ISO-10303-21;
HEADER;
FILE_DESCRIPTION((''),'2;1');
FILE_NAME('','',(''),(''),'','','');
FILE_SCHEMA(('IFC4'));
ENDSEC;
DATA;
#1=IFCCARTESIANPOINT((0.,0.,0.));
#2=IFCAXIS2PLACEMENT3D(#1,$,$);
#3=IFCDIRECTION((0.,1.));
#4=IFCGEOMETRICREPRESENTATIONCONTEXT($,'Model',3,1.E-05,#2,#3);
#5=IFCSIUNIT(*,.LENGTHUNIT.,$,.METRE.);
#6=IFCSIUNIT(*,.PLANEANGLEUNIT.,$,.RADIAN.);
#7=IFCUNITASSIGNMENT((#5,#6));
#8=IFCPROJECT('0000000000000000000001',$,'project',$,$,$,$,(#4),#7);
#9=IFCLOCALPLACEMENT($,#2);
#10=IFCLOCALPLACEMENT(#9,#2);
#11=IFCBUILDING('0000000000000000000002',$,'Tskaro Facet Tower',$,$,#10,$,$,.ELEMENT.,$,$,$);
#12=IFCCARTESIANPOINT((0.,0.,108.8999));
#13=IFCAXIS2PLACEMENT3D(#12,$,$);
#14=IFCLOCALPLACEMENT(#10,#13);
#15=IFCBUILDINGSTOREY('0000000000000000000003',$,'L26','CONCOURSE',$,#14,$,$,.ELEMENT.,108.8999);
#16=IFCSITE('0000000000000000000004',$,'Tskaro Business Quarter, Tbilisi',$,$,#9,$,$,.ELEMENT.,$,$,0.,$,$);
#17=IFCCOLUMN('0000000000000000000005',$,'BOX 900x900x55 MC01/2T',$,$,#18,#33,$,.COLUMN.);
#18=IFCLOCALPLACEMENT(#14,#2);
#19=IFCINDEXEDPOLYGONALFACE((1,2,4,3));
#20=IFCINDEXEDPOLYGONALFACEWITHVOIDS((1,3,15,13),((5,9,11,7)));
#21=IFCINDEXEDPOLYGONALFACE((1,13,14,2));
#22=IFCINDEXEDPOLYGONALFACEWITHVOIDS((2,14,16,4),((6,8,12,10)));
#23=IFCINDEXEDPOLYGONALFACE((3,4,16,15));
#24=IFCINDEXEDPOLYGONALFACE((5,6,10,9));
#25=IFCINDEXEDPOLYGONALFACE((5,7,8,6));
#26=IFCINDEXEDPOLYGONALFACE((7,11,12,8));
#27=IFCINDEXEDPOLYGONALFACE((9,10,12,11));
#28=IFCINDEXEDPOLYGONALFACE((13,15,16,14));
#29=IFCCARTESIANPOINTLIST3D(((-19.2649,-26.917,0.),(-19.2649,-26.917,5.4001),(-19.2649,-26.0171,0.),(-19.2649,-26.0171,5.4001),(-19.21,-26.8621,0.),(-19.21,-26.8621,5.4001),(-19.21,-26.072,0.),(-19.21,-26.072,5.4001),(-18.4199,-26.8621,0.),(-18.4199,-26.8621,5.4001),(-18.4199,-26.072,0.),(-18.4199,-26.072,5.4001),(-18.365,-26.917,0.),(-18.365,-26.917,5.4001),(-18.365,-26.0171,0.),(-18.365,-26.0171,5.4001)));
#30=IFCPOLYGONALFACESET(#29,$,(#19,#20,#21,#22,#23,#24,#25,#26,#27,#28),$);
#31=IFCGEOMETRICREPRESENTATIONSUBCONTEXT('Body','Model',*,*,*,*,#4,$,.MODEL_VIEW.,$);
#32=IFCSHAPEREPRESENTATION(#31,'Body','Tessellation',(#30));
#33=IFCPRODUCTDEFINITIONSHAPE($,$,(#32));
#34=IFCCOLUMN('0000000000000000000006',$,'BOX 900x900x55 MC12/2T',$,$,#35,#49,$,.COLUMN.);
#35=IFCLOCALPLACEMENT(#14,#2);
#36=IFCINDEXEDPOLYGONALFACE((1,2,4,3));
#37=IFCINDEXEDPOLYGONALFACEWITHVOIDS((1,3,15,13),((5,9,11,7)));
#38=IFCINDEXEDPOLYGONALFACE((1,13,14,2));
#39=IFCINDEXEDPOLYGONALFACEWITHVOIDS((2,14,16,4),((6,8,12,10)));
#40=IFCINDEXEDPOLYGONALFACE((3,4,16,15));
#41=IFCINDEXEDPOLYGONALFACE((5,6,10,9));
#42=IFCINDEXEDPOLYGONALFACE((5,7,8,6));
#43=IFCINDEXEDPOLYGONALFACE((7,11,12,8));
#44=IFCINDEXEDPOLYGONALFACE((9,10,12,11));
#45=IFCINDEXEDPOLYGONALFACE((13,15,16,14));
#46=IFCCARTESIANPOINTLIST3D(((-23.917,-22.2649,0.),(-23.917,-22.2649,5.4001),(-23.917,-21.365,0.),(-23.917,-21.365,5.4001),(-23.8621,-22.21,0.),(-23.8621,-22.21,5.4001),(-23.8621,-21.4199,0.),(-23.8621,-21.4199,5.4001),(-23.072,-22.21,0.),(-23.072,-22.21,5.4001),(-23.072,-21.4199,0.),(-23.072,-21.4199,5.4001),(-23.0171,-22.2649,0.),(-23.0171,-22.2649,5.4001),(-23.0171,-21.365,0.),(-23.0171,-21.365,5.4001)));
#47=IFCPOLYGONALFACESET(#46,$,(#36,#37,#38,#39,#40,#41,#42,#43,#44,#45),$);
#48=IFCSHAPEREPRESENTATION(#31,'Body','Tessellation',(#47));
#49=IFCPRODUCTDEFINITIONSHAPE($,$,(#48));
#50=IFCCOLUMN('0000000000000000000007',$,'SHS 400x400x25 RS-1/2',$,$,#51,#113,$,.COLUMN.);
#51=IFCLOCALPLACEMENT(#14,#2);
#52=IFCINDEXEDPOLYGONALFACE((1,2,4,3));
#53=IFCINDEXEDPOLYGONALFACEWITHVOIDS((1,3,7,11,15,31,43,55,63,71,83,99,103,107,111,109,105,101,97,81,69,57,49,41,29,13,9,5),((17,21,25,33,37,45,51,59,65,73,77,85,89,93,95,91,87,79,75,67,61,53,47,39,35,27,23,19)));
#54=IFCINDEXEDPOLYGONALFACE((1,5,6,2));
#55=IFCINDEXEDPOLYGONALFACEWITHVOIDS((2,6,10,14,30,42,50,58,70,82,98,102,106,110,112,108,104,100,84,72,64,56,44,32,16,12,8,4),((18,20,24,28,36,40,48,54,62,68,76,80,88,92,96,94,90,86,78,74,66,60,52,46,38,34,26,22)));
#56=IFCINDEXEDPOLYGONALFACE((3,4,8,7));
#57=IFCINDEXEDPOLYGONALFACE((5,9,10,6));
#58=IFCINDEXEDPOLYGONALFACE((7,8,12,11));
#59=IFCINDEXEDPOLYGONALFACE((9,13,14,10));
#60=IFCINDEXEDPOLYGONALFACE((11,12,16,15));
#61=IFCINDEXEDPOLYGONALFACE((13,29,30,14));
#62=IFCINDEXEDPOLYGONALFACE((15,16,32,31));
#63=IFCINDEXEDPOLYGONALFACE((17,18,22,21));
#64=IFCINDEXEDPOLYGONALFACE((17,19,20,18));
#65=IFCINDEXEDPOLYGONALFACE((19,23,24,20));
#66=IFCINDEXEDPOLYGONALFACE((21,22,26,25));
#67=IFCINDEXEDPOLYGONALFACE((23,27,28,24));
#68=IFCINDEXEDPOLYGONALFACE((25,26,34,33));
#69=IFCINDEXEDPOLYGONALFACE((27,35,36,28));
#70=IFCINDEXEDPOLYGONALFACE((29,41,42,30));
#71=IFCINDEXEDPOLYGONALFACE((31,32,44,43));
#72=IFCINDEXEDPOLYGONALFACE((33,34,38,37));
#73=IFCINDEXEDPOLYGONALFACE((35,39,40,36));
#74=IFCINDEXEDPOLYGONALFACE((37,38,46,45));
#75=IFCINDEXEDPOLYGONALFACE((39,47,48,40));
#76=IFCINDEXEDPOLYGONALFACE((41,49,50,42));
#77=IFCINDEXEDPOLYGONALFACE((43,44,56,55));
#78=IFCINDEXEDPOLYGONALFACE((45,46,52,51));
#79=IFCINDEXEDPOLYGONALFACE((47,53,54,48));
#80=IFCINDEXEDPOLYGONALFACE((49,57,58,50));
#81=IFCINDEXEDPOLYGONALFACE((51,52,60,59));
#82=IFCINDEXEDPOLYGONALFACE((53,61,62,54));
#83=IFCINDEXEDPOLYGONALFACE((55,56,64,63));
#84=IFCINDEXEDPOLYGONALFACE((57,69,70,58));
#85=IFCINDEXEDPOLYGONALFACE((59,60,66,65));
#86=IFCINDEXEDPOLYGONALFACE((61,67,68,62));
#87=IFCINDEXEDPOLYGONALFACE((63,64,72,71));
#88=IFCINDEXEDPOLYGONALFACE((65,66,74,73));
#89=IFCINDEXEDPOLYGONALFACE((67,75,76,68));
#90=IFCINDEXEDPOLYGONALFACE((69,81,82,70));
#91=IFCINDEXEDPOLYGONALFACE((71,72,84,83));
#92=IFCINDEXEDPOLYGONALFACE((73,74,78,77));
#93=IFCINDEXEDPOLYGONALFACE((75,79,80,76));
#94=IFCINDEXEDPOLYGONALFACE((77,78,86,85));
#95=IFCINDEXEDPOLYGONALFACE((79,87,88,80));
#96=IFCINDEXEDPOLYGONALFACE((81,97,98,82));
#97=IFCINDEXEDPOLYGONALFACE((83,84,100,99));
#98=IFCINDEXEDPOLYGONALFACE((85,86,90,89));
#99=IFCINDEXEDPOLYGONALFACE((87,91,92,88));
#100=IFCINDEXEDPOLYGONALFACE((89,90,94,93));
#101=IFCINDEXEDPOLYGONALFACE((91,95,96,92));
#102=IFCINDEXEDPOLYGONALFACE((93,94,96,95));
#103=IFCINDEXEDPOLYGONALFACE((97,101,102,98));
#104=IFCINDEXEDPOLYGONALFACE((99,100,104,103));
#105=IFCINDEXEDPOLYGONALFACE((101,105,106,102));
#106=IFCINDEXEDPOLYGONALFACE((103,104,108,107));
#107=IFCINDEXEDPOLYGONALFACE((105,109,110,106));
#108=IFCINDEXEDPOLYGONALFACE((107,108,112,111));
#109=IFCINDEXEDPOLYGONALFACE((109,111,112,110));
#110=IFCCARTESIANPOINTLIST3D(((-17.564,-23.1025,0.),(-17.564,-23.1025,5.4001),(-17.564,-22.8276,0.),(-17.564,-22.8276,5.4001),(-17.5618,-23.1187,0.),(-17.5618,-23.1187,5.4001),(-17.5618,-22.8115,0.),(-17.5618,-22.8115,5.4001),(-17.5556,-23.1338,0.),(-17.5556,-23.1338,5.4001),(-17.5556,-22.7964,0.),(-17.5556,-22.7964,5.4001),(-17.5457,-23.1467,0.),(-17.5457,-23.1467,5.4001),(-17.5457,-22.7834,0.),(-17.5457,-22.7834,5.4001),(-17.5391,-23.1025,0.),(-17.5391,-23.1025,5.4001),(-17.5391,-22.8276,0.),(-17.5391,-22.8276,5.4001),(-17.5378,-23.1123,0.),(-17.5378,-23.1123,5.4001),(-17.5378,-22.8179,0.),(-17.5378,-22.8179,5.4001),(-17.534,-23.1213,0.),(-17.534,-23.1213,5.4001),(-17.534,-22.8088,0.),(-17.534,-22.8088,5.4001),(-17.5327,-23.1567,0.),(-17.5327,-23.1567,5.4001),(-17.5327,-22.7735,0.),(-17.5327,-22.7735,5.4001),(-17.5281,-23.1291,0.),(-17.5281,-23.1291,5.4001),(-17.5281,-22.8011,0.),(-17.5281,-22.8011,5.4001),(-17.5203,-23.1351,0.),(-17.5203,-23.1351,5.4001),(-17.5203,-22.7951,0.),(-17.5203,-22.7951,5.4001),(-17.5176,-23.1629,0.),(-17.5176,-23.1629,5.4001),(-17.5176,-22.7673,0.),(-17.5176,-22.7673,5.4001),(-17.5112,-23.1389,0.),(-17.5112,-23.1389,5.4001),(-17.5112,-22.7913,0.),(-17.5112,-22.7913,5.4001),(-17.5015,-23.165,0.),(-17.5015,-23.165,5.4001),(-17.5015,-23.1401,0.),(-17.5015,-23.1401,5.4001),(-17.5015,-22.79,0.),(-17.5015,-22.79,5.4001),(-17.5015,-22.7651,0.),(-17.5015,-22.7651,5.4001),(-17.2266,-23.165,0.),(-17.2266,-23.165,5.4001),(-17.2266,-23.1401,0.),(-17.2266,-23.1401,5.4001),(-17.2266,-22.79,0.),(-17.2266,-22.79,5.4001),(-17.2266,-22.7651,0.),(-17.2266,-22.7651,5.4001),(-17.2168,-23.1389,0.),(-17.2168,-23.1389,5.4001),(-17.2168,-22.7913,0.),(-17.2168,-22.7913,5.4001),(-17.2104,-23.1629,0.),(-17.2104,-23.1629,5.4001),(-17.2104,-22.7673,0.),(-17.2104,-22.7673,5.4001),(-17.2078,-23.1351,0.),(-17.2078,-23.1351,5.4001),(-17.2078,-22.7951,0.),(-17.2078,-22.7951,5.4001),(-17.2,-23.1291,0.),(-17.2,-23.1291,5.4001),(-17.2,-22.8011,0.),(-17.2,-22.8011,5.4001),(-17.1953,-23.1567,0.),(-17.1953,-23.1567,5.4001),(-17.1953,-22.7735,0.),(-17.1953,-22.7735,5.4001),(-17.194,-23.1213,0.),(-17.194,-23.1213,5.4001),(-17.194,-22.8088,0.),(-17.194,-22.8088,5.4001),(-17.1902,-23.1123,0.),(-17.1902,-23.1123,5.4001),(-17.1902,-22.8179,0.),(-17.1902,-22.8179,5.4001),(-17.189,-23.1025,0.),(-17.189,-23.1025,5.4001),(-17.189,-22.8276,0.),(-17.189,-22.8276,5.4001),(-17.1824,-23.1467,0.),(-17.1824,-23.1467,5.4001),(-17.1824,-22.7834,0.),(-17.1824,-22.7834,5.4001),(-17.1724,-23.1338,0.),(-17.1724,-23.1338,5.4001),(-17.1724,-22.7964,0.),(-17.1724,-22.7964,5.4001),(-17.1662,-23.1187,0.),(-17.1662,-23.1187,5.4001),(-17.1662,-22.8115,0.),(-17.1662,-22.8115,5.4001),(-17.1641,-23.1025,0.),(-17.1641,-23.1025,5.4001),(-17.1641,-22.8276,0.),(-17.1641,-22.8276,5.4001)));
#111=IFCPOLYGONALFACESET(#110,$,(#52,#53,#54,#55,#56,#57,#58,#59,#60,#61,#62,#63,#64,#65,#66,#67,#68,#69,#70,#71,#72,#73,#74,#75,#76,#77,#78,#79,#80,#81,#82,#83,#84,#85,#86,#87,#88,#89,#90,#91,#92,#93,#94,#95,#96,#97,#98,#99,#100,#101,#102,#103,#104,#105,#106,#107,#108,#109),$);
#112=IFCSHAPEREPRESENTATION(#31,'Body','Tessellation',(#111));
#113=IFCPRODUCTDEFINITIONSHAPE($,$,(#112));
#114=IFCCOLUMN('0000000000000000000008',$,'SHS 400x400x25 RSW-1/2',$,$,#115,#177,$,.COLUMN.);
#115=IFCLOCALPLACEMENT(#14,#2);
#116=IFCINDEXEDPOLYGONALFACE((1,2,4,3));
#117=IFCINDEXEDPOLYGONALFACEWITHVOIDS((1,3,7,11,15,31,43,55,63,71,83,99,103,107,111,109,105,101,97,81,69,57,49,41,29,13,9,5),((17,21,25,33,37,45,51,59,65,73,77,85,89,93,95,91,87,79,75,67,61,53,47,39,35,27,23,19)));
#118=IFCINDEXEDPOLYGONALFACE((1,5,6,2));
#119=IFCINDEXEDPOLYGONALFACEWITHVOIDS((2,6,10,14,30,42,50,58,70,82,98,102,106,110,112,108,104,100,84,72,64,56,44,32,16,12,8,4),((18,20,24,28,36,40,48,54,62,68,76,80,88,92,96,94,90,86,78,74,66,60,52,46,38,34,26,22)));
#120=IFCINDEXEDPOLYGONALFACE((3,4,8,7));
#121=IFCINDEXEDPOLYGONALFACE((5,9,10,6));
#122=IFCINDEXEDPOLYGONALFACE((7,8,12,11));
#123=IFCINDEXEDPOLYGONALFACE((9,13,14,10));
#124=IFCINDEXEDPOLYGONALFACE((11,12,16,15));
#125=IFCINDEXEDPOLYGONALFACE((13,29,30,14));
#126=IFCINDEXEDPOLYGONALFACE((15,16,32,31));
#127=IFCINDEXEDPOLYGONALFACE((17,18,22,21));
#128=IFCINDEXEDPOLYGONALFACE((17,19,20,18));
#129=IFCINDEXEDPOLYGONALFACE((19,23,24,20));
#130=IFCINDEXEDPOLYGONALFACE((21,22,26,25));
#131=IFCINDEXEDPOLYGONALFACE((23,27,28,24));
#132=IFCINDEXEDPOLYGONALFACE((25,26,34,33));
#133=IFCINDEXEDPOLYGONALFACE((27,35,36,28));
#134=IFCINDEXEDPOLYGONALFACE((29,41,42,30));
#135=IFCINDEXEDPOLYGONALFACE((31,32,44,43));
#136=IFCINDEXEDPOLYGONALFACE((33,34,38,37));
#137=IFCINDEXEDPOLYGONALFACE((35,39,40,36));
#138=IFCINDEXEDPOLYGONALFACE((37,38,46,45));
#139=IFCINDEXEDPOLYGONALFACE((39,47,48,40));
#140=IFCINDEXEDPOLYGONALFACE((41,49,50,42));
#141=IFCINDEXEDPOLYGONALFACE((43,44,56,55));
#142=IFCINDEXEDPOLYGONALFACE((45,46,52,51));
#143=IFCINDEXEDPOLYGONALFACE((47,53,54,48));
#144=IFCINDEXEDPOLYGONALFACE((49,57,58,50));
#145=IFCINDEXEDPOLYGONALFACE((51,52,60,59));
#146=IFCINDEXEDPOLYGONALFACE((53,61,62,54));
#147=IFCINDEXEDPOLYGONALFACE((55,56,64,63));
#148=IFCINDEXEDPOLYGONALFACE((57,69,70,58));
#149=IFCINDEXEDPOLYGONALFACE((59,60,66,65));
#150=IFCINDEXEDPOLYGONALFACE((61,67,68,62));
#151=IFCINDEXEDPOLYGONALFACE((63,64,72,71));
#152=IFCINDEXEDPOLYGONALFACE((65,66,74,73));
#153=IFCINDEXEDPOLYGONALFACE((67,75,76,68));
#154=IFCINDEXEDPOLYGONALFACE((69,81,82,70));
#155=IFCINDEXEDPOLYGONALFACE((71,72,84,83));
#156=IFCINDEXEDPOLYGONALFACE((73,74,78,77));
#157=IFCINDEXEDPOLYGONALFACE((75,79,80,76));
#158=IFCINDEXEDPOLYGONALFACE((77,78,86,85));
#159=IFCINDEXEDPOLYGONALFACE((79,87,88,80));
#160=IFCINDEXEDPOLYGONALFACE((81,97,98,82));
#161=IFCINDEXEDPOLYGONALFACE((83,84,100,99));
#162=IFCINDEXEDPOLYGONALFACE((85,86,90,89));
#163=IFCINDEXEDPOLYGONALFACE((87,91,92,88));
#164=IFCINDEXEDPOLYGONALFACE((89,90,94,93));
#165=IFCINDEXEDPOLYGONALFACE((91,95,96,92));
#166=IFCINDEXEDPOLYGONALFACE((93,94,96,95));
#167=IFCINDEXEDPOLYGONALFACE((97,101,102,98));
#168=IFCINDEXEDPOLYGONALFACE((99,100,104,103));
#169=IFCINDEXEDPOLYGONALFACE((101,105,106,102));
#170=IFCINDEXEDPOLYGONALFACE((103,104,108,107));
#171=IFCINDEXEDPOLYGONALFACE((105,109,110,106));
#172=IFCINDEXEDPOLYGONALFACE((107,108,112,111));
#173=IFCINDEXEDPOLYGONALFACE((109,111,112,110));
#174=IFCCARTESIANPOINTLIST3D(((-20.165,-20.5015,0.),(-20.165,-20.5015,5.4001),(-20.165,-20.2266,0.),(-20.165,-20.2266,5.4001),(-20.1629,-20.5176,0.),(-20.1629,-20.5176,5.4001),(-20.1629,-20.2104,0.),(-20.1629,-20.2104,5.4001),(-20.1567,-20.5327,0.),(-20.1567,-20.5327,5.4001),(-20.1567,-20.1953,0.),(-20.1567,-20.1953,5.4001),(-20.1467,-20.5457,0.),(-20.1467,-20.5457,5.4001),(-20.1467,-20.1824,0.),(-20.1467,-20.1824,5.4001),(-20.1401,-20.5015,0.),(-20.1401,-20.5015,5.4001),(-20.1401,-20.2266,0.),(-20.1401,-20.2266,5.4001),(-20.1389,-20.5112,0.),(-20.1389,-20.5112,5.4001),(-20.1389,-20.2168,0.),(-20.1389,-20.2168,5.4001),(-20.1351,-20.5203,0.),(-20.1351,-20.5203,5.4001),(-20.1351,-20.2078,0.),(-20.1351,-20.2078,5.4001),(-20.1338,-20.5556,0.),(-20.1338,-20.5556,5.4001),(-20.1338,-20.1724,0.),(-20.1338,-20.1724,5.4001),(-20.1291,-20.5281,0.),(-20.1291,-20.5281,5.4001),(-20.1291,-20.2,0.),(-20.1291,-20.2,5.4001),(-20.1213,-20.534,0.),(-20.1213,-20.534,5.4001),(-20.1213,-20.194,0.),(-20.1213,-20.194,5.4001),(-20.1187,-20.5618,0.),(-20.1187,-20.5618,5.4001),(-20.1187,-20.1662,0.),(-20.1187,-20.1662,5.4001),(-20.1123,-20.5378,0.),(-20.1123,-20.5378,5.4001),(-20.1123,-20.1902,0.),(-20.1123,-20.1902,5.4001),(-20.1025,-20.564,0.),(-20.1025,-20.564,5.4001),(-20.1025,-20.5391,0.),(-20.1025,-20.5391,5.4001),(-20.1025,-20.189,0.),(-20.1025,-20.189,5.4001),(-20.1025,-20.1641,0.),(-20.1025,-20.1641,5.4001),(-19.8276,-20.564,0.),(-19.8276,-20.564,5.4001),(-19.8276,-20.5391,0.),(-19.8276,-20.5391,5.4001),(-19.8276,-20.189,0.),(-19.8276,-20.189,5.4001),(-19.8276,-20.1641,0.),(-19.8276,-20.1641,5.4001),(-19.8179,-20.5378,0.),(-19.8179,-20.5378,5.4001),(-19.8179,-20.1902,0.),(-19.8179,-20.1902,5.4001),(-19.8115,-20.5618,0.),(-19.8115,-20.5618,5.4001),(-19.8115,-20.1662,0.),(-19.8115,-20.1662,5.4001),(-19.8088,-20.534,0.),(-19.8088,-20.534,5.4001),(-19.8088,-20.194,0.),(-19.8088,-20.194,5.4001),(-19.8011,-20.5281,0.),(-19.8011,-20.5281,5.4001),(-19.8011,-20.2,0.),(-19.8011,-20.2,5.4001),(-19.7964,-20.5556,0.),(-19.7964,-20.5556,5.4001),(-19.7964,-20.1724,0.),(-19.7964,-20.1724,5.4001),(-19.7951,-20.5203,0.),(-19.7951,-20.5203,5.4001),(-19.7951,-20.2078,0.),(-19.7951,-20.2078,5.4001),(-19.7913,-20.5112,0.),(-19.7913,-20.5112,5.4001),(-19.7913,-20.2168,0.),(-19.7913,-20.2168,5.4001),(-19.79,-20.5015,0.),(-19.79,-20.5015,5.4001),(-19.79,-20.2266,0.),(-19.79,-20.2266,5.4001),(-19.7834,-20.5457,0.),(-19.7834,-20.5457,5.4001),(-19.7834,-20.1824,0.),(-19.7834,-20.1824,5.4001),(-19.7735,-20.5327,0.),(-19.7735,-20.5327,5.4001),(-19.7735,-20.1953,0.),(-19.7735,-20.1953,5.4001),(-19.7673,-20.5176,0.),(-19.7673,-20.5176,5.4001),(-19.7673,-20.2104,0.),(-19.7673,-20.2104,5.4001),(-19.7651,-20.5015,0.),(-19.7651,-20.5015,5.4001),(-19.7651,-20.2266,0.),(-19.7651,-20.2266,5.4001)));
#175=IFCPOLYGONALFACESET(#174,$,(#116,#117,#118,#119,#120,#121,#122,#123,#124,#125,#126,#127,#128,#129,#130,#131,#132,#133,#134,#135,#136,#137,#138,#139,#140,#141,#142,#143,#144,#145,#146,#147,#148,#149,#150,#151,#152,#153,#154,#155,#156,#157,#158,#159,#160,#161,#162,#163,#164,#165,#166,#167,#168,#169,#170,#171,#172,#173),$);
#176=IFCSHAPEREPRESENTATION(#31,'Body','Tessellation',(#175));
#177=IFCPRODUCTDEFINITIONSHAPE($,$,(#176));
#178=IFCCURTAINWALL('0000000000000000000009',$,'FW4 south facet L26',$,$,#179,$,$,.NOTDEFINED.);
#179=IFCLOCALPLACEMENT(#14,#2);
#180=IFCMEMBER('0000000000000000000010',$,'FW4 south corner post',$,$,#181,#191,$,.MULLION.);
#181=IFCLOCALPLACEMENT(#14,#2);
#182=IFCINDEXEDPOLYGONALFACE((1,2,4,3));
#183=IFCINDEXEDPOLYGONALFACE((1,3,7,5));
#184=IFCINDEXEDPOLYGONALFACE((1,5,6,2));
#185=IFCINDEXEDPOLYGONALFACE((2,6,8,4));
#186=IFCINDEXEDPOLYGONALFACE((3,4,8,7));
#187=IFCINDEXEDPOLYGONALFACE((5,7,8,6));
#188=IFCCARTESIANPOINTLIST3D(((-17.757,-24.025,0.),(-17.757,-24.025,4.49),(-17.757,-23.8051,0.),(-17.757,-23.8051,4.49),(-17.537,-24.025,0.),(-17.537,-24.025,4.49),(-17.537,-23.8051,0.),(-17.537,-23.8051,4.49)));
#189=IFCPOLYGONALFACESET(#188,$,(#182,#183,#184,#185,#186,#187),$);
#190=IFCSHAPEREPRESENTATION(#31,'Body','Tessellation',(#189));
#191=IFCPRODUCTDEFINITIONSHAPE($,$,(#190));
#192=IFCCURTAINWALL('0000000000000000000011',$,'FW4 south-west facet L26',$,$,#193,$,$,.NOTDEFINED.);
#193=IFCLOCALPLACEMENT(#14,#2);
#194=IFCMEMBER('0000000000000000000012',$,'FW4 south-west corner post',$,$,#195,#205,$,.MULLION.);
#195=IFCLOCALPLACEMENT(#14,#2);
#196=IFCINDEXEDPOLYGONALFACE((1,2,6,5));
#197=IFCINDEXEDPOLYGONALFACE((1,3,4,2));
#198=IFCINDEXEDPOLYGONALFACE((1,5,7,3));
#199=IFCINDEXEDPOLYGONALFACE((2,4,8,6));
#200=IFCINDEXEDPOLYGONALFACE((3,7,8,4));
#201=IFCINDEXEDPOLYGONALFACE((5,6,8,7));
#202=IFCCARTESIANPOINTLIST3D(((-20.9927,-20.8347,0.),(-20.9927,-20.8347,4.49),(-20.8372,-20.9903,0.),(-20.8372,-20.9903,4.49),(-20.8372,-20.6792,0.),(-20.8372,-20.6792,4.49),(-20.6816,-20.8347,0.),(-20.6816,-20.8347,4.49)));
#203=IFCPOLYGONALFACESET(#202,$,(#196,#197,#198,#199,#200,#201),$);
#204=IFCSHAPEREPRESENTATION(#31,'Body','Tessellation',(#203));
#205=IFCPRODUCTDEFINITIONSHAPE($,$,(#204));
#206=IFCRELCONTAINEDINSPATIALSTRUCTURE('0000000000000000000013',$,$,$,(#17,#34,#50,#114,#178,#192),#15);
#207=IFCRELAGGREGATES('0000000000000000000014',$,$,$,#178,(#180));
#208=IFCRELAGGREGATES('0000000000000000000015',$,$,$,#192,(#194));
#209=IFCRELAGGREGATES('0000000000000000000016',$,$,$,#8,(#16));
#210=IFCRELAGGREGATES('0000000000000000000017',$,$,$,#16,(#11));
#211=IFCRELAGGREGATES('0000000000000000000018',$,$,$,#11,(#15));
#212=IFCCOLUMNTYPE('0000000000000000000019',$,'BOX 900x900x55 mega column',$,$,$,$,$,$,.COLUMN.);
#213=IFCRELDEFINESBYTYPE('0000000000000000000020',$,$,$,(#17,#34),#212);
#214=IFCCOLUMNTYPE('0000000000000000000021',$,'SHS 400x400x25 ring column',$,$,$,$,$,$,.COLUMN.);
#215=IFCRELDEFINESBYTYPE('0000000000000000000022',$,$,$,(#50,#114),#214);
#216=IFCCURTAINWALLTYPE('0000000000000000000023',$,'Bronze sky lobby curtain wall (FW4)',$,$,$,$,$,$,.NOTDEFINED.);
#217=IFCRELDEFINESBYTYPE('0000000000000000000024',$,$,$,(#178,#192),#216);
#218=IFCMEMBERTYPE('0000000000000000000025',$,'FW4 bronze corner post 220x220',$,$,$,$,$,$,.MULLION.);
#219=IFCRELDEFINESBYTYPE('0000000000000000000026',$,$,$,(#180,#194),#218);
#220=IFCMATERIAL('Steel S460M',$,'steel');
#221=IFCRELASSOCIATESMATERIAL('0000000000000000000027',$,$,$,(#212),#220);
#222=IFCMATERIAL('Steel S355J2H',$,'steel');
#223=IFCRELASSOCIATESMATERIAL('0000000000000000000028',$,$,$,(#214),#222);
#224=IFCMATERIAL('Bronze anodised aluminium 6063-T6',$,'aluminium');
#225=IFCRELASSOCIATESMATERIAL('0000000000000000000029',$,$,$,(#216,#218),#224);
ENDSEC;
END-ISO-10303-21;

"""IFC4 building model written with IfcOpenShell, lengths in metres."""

from ifc_helpers import new_model, si_unit, direction, frame, origin, origin_2d, place, context, subcontext, project, spatial, rectangle, hollow_rectangle, extrude, material, material_profile, profile_set, type_object, element, aggregate, save


model = new_model("IFC4")

# Units and contexts
model_context = context("Model", 3, precision=1e-05, world=origin(), true_north=direction((0.0, 1.0)))
body_context = subcontext(model_context, "Body", "Model", "MODEL_VIEW")
ifc_project = project(units=[si_unit("LENGTHUNIT", "METRE"), si_unit("PLANEANGLEUNIT", "RADIAN")], contexts=[model_context])

# Site, building, storey
site_placement = place(None, origin())
site = spatial("IfcSite", under=ifc_project, at=site_placement, Name="Tskaro Business Quarter, Tbilisi", CompositionType="ELEMENT", RefElevation=0.0)
building_placement = place(site_placement, origin())
building = spatial("IfcBuilding", under=site, at=building_placement, Name="Tskaro Facet Tower", CompositionType="ELEMENT")
storey_placement = place(building_placement, frame((0.0, 0.0, 108.8999)))
storey = spatial("IfcBuildingStorey", under=building, at=storey_placement, Name="L26", Description="CONCOURSE", CompositionType="ELEMENT", Elevation=108.8999)

# Columns
ifc_material_1 = material(Name="Steel S460M", Category="steel")
ifc_material_profile_1 = material_profile(ifc_material_1, hollow_rectangle(XDim=0.8999, YDim=0.8999, WallThickness=0.0549, at=origin_2d()), Name="BOX 900x900x55")
ifc_profile_set_1 = profile_set([ifc_material_profile_1], Name="Steel S460M")
column_type_1 = type_object("IfcColumnType", Name="BOX 900x900x55 mega column", PredefinedType="COLUMN", material=ifc_profile_set_1)
for number, where, z_axis, x_axis, name in (
    (1, (-18.8149, -26.467, 0.0), (0.0, 0.0, 1.0), (1.0, 0.0, 0.0), "BOX 900x900x55 MC01/2T"),
    (2, (-23.467, -21.8149, 0.0), (0.0, 0.0, 1.0), (1.0, 0.0, 0.0), "BOX 900x900x55 MC12/2T"),
):
    element("IfcColumn", number, at=place(storey_placement, frame(where, z_axis=z_axis, x_axis=x_axis)), inside=storey, type_object=column_type_1, Name=name, PredefinedType="COLUMN", context=body_context, shape_type="SweptSolid", body=[
        extrude(hollow_rectangle(XDim=0.8999, YDim=0.8999, WallThickness=0.0549, at=origin_2d()), origin(), (0.0, 0.0, 1.0), 5.4001),
    ])
ifc_material_2 = material(Name="Steel S355J2H", Category="steel")
ifc_material_profile_2 = material_profile(ifc_material_2, hollow_rectangle(XDim=0.3999, YDim=0.3999, WallThickness=0.0249, InnerFilletRadius=0.0376, OuterFilletRadius=0.0625, at=origin_2d()), Name="SHS 400x400x25")
ifc_profile_set_2 = profile_set([ifc_material_profile_2], Name="Steel S355J2H")
column_type_2 = type_object("IfcColumnType", Name="SHS 400x400x25 ring column", PredefinedType="COLUMN", material=ifc_profile_set_2)
for number, where, z_axis, x_axis, name in (
    (3, (-17.364, -22.9651, 0.0), (0.0, 0.0, 1.0), (1.0, 0.0, 0.0), "SHS 400x400x25 RS-1/2"),
    (4, (-19.9651, -20.364, 0.0), (0.0, 0.0, 1.0), (1.0, 0.0, 0.0), "SHS 400x400x25 RSW-1/2"),
):
    element("IfcColumn", number, at=place(storey_placement, frame(where, z_axis=z_axis, x_axis=x_axis)), inside=storey, type_object=column_type_2, Name=name, PredefinedType="COLUMN", context=body_context, shape_type="SweptSolid", body=[
        extrude(hollow_rectangle(XDim=0.3999, YDim=0.3999, WallThickness=0.0249, InnerFilletRadius=0.0376, OuterFilletRadius=0.0625, at=origin_2d()), origin(), (0.0, 0.0, 1.0), 5.4001),
    ])

# Curtain walls, members
ifc_material_3 = material(Name="Bronze anodised aluminium 6063-T6", Category="aluminium")
curtain_wall_type = type_object("IfcCurtainWallType", Name="Bronze sky lobby curtain wall (FW4)", PredefinedType="NOTDEFINED", material=ifc_material_3)
curtain_wall_1_placement = place(storey_placement, origin())
curtain_wall_1 = element("IfcCurtainWall", 5, at=curtain_wall_1_placement, inside=storey, type_object=curtain_wall_type, Name="FW4 south facet L26", PredefinedType="NOTDEFINED")
ifc_material_profile_3 = material_profile(ifc_material_3, rectangle(XDim=0.22, YDim=0.22, at=origin_2d()), Name="Corner post 220x220")
ifc_profile_set_3 = profile_set([ifc_material_profile_3], Name="Bronze anodised aluminium 6063-T6")
member_type_1 = type_object("IfcMemberType", Name="FW4 bronze corner post 220x220", PredefinedType="MULLION", material=ifc_profile_set_3)
member_1_placement = place(storey_placement, frame((-17.647, -23.915, 0.0), z_axis=(0.0, 0.0, 1.0), x_axis=(1.0, 0.0, 0.0)))
member_1 = element("IfcMember", 6, at=member_1_placement, type_object=member_type_1, Name="FW4 south corner post", PredefinedType="MULLION", context=body_context, shape_type="SweptSolid", body=[
    extrude(rectangle(XDim=0.22, YDim=0.22, at=origin_2d()), origin(), (0.0, 0.0, 1.0), 4.49),
])
curtain_wall_2_placement = place(storey_placement, origin())
curtain_wall_2 = element("IfcCurtainWall", 7, at=curtain_wall_2_placement, inside=storey, type_object=curtain_wall_type, Name="FW4 south-west facet L26", PredefinedType="NOTDEFINED")
member_2_placement = place(storey_placement, frame((-20.8372, -20.8347, 0.0), z_axis=(0.0, 0.0, 1.0), x_axis=(0.707107, -0.707107, 0.0)))
member_2 = element("IfcMember", 8, at=member_2_placement, type_object=member_type_1, Name="FW4 south-west corner post", PredefinedType="MULLION", context=body_context, shape_type="SweptSolid", body=[
    extrude(rectangle(XDim=0.22, YDim=0.22, at=origin_2d()), origin(), (0.0, 0.0, 1.0), 4.49),
])

aggregate(curtain_wall_1, [member_1])
aggregate(curtain_wall_2, [member_2])

save(model, "model.ifc")
